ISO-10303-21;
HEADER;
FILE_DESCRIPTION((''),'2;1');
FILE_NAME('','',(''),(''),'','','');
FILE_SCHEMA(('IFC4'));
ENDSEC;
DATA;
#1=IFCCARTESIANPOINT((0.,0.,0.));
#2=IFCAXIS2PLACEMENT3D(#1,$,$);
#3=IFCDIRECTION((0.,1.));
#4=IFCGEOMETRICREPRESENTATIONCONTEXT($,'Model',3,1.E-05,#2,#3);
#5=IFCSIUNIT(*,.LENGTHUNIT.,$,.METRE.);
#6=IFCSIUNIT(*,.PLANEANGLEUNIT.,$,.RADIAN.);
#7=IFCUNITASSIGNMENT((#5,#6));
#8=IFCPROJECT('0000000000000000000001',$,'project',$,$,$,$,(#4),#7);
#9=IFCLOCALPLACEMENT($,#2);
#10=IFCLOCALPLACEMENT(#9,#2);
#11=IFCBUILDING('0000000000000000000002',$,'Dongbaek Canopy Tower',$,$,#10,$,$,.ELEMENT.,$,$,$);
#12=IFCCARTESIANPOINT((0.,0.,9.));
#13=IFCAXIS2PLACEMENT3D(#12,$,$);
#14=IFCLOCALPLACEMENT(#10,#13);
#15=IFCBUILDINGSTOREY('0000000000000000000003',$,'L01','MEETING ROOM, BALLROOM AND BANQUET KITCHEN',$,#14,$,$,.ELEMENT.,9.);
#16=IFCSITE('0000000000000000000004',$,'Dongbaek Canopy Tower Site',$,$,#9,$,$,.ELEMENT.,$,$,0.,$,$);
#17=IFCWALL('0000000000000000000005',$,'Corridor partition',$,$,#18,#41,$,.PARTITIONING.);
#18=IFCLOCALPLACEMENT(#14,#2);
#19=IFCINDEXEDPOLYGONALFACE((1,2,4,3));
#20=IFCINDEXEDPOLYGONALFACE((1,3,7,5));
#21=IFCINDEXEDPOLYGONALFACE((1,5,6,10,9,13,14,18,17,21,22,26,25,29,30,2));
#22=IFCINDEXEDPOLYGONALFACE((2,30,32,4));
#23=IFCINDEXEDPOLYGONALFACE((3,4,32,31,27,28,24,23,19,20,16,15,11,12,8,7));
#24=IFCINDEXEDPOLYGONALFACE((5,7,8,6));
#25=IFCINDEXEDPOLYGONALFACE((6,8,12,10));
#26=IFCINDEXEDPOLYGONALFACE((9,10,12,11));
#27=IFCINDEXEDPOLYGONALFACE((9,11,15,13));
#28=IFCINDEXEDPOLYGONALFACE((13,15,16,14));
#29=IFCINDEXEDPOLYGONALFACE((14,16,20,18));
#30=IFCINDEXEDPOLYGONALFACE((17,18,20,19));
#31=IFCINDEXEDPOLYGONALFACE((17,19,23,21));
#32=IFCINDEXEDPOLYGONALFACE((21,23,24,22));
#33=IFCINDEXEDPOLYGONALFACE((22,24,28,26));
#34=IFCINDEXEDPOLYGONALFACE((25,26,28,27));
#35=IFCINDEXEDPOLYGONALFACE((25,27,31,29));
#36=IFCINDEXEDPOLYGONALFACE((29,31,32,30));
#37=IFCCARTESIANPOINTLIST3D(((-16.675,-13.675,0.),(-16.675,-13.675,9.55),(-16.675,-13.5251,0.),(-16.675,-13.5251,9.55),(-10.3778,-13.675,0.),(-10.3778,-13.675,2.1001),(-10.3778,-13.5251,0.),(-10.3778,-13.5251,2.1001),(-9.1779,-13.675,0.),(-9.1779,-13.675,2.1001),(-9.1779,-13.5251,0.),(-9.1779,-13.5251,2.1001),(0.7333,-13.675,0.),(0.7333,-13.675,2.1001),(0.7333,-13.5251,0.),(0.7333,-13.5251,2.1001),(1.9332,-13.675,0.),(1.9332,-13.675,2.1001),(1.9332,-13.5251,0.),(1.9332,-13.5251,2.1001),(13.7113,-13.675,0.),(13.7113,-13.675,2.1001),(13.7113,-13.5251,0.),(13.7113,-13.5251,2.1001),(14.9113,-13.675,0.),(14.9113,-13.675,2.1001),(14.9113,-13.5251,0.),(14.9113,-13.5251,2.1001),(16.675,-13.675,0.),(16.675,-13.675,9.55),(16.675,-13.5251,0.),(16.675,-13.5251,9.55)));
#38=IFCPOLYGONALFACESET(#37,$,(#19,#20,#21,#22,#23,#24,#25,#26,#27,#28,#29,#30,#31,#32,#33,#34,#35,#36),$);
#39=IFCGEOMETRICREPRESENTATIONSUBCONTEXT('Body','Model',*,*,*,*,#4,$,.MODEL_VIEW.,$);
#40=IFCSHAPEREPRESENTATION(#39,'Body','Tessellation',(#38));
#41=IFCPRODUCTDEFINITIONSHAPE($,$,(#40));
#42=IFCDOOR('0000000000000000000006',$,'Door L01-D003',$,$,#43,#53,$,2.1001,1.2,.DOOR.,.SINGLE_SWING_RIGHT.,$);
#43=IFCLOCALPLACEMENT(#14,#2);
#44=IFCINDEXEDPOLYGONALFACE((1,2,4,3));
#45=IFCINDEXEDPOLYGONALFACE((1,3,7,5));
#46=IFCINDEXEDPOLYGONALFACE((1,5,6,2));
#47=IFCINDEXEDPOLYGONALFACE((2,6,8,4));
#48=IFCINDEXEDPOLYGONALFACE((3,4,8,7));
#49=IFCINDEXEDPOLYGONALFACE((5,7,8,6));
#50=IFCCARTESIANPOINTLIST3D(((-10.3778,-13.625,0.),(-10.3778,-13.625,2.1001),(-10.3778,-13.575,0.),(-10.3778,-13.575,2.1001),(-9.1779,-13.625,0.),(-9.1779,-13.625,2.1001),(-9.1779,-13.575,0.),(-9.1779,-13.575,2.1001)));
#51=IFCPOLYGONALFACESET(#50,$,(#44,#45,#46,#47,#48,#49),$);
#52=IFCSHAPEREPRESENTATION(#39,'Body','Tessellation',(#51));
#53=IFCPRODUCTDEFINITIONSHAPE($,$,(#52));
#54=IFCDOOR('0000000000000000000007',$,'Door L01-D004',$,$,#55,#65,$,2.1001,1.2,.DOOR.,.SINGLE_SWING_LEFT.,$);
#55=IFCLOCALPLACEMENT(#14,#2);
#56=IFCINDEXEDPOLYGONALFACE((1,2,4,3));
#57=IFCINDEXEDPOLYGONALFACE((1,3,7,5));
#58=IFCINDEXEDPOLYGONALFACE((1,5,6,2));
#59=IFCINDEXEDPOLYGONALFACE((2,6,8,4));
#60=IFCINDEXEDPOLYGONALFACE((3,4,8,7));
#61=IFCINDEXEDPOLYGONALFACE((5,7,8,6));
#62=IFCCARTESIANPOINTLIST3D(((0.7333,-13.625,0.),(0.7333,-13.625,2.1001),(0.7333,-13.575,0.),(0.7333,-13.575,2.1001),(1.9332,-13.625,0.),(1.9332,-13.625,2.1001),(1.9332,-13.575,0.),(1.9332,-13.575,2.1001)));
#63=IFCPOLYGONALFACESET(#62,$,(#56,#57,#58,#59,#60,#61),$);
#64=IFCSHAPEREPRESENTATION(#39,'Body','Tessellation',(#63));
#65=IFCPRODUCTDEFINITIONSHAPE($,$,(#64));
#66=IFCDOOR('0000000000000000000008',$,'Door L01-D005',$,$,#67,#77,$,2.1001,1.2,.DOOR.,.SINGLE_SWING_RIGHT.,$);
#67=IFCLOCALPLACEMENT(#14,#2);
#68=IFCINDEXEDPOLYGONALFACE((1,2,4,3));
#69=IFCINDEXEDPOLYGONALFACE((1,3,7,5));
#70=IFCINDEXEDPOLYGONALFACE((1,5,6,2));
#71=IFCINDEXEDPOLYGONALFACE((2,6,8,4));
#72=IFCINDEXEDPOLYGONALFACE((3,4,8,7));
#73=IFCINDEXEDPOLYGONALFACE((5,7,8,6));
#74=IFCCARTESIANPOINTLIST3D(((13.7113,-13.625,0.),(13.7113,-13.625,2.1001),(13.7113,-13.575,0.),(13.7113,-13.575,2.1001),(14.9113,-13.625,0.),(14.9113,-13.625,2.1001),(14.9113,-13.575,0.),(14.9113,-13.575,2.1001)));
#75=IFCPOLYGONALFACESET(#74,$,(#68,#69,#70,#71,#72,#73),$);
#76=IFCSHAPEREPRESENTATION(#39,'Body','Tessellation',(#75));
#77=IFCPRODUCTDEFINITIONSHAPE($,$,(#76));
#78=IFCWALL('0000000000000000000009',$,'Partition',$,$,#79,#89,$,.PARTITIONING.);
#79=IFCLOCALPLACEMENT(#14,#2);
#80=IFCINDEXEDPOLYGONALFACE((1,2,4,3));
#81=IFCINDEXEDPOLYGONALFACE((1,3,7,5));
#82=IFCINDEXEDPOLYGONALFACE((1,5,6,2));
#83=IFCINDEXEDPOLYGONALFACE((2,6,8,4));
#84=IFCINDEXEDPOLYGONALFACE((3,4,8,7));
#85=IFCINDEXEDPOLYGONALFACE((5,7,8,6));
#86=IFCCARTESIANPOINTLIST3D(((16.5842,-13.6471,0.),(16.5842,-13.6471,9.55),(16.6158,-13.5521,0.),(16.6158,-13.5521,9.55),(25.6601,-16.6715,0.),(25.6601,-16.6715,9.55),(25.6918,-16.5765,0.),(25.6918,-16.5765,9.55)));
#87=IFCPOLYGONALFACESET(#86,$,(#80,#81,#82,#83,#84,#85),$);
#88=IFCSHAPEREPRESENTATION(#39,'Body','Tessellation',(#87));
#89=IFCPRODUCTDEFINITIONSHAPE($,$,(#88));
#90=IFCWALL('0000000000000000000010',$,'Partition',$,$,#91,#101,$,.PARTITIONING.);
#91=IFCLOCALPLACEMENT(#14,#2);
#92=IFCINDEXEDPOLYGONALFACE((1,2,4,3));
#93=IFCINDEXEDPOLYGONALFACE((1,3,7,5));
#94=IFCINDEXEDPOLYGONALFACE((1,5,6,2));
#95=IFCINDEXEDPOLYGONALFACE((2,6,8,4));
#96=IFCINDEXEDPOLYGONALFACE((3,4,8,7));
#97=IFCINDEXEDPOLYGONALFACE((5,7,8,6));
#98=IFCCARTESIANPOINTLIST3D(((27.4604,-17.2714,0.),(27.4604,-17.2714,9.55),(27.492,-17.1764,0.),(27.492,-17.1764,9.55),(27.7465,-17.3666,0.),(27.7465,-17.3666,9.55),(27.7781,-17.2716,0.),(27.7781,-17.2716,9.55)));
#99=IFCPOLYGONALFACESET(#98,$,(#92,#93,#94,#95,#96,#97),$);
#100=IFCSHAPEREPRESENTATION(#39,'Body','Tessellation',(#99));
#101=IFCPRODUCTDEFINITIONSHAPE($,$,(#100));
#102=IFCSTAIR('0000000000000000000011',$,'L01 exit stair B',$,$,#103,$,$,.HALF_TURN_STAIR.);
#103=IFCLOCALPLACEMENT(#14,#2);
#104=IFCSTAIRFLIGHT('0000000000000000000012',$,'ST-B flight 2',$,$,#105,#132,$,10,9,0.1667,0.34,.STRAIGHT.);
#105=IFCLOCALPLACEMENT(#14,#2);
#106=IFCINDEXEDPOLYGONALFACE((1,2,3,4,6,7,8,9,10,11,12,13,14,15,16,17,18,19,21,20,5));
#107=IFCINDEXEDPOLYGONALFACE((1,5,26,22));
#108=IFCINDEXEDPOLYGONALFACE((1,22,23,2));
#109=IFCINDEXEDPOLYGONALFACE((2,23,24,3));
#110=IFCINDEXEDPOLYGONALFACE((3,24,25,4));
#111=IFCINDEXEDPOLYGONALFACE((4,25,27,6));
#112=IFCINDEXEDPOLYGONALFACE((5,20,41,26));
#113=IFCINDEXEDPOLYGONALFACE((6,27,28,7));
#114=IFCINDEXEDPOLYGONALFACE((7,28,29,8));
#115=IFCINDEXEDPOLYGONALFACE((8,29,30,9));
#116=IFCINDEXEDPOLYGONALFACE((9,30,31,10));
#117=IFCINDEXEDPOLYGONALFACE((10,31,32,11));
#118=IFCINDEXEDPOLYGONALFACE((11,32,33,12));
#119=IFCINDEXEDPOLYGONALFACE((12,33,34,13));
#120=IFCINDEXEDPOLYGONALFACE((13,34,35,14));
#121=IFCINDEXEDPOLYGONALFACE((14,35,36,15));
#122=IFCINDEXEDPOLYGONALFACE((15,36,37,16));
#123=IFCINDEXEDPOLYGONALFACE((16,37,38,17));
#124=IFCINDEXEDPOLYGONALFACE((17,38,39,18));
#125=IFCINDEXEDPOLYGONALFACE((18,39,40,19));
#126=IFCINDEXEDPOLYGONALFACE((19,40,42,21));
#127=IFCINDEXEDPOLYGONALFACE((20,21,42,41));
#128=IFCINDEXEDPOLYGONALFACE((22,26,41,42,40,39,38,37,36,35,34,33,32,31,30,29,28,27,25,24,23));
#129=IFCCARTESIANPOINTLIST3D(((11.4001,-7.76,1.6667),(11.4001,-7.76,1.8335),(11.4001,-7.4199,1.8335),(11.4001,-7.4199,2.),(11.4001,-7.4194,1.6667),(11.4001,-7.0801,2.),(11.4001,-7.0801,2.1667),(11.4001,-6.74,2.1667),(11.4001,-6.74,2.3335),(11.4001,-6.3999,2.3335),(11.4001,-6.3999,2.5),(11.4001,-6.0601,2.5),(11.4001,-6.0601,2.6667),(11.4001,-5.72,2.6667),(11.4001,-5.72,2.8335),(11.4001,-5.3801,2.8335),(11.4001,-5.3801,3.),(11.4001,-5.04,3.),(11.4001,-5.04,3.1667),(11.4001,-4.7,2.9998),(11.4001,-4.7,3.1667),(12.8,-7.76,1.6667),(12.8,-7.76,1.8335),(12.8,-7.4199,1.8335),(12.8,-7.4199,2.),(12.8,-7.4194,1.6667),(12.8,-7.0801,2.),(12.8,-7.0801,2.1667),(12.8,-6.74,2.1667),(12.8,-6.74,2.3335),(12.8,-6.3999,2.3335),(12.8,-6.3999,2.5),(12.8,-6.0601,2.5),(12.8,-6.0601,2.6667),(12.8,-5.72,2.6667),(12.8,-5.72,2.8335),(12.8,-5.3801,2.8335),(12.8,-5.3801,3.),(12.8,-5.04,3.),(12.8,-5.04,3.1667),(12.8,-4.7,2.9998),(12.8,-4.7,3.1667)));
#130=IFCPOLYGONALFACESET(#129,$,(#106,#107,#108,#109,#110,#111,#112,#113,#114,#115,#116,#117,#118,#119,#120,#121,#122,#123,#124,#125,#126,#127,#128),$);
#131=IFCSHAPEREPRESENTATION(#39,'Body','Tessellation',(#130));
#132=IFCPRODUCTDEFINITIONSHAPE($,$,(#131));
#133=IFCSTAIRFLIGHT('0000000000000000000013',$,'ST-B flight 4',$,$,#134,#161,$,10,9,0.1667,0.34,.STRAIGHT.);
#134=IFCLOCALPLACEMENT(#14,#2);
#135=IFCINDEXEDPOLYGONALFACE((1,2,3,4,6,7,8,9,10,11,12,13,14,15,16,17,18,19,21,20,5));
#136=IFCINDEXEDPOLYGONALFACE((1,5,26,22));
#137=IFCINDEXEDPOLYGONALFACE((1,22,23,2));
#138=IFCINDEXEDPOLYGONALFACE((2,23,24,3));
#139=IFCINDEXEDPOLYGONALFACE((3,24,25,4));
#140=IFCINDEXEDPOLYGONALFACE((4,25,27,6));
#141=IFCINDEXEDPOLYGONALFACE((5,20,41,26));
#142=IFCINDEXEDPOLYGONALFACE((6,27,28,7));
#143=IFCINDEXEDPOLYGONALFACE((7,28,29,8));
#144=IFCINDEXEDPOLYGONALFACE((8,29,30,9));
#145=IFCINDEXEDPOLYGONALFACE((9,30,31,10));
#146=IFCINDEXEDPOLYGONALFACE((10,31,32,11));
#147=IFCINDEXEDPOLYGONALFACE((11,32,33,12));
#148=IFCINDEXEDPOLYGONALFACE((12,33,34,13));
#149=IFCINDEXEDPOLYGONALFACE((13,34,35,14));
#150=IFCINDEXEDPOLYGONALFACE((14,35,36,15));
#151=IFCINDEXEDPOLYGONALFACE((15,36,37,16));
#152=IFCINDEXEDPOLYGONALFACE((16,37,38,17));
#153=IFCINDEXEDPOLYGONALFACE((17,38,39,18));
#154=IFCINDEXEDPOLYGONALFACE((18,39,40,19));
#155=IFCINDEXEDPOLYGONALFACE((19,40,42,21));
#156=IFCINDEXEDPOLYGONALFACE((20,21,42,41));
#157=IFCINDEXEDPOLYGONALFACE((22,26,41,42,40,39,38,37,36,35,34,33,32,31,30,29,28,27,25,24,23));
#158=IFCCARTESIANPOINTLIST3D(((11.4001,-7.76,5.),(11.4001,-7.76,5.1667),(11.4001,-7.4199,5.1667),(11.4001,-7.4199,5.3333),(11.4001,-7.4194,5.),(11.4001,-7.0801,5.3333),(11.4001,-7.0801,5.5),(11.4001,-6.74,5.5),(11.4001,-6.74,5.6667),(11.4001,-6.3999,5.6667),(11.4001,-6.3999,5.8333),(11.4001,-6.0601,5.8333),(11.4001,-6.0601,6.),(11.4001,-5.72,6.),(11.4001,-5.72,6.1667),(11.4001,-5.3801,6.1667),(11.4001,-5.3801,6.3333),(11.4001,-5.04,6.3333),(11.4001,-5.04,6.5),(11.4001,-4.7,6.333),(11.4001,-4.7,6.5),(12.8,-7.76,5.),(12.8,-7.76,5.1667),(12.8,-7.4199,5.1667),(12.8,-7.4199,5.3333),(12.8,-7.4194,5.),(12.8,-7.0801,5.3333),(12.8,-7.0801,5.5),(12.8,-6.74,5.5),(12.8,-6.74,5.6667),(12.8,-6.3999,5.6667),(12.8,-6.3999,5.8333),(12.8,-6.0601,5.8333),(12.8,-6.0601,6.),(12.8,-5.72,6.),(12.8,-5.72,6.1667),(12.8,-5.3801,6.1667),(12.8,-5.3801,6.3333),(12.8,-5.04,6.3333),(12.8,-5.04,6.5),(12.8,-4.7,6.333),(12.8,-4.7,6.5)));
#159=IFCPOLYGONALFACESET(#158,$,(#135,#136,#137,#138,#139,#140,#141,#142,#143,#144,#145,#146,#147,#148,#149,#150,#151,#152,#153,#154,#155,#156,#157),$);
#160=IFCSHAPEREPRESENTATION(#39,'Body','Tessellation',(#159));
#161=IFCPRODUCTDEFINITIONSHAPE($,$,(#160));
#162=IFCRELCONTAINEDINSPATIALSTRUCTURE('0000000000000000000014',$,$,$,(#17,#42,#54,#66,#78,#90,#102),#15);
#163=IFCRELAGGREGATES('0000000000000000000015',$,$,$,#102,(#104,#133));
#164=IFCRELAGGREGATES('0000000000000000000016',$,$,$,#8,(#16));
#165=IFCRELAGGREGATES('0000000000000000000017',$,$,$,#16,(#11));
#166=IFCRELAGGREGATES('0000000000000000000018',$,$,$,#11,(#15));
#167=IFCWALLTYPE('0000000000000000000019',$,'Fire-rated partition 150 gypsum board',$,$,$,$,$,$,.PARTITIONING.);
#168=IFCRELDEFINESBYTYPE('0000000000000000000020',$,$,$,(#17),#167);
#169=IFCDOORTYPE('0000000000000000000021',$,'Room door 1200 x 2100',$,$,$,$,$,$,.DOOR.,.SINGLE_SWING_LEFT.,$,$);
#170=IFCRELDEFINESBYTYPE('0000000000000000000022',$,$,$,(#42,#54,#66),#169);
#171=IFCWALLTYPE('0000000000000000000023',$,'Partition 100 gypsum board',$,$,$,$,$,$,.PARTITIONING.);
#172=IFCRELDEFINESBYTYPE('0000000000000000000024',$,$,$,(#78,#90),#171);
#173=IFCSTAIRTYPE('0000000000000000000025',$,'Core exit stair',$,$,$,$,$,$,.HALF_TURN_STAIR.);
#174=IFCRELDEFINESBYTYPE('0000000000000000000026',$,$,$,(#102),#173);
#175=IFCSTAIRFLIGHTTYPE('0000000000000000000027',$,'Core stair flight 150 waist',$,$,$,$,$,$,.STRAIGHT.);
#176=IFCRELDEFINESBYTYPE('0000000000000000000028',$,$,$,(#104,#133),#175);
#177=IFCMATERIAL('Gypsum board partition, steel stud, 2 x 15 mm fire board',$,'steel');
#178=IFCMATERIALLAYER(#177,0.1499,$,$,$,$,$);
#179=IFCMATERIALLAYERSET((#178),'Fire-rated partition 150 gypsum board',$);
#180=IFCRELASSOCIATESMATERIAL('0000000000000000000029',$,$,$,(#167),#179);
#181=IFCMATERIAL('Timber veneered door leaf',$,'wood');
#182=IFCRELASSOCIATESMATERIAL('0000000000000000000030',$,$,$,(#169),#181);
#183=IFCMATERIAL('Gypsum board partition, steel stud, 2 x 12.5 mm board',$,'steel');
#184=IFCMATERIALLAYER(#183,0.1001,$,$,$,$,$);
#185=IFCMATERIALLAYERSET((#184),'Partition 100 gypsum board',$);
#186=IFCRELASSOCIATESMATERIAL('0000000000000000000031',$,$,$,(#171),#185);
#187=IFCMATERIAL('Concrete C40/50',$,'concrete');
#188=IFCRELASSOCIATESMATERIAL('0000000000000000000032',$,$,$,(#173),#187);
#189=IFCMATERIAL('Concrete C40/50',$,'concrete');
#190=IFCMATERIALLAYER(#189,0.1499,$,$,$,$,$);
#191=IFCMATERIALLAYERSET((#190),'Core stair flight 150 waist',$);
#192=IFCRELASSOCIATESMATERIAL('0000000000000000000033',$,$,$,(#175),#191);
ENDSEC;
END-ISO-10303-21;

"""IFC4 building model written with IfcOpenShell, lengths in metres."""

from ifc_helpers import new_model, si_unit, direction, frame, frame_2d, origin, place, context, subcontext, project, spatial, polyline, rectangle, outline, extrude, material, layer, layer_set, type_object, element, fill, aggregate, save


model = new_model("IFC4")

# Units and contexts
model_context = context("Model", 3, precision=1e-05, world=origin(), true_north=direction((0.0, 1.0)))
body_context = subcontext(model_context, "Body", "Model", "MODEL_VIEW")
ifc_project = project(units=[si_unit("LENGTHUNIT", "METRE"), si_unit("PLANEANGLEUNIT", "RADIAN")], contexts=[model_context])

# Site, building, storey
site_placement = place(None, origin())
site = spatial("IfcSite", under=ifc_project, at=site_placement, Name="Dongbaek Canopy Tower Site", CompositionType="ELEMENT", RefElevation=0.0)
building_placement = place(site_placement, origin())
building = spatial("IfcBuilding", under=site, at=building_placement, Name="Dongbaek Canopy Tower", CompositionType="ELEMENT")
storey_placement = place(building_placement, frame((0.0, 0.0, 9.0)))
storey = spatial("IfcBuildingStorey", under=building, at=storey_placement, Name="L01", Description="MEETING ROOM, BALLROOM AND BANQUET KITCHEN", CompositionType="ELEMENT", Elevation=9.0)

# Wall, openings, doors
ifc_material_1 = material(Name="Gypsum board partition, steel stud, 2 x 15 mm fire board", Category="steel")
ifc_layer_1 = layer(ifc_material_1, 0.1499)
ifc_layer_set_1 = layer_set([ifc_layer_1], Name="Fire-rated partition 150 gypsum board")
wall_type_1 = type_object("IfcWallType", Name="Fire-rated partition 150 gypsum board", PredefinedType="PARTITIONING", material=ifc_layer_set_1)
wall_1_placement = place(storey_placement, frame((16.675, -13.6001, 0.0), z_axis=(0.0, 0.0, 1.0), x_axis=(-1.0, 0.0, 0.0)))
wall_1 = element("IfcWall", 1, at=wall_1_placement, inside=storey, type_object=wall_type_1, Name="Corridor partition", PredefinedType="PARTITIONING", context=body_context, shape_type="SweptSolid", body=[
    extrude(rectangle(XDim=33.3501, YDim=0.1499, at=frame_2d((16.675, 0.0))), origin(), (0.0, 0.0, 1.0), 9.55),
])
opening_1_placement = place(wall_1_placement, frame((25.8528, 0.0, 0.0)))
opening_1 = element("IfcOpeningElement", 2, at=opening_1_placement, cuts=wall_1, PredefinedType="OPENING", context=body_context, shape_type="SweptSolid", body=[
    extrude(rectangle(XDim=1.2, YDim=2.1001, at=frame_2d((0.6001, 1.05))), frame((0.0, 0.085, 0.0), z_axis=(0.0, -1.0, 0.0), x_axis=(1.0, 0.0, 0.0)), (0.0, 0.0, 1.0), 0.1699),
])
opening_2_placement = place(wall_1_placement, frame((14.7417, 0.0, 0.0)))
opening_2 = element("IfcOpeningElement", 3, at=opening_2_placement, cuts=wall_1, PredefinedType="OPENING", context=body_context, shape_type="SweptSolid", body=[
    extrude(rectangle(XDim=1.2, YDim=2.1001, at=frame_2d((0.6001, 1.05))), frame((0.0, 0.085, 0.0), z_axis=(0.0, -1.0, 0.0), x_axis=(1.0, 0.0, 0.0)), (0.0, 0.0, 1.0), 0.1699),
])
opening_3_placement = place(wall_1_placement, frame((1.7637, 0.0, 0.0)))
opening_3 = element("IfcOpeningElement", 4, at=opening_3_placement, cuts=wall_1, PredefinedType="OPENING", context=body_context, shape_type="SweptSolid", body=[
    extrude(rectangle(XDim=1.2, YDim=2.1001, at=frame_2d((0.6001, 1.05))), frame((0.0, 0.085, 0.0), z_axis=(0.0, -1.0, 0.0), x_axis=(1.0, 0.0, 0.0)), (0.0, 0.0, 1.0), 0.1699),
])
ifc_material_2 = material(Name="Timber veneered door leaf", Category="wood")
door_type_1 = type_object("IfcDoorType", Name="Room door 1200 x 2100", OperationType="SINGLE_SWING_LEFT", PredefinedType="DOOR", material=ifc_material_2)
door_1_placement = place(opening_1_placement, origin())
door_1 = element("IfcDoor", 5, at=door_1_placement, inside=storey, type_object=door_type_1, Name="Door L01-D003", OperationType="SINGLE_SWING_RIGHT", OverallHeight=2.1001, OverallWidth=1.2, PredefinedType="DOOR", context=body_context, shape_type="SweptSolid", body=[
    extrude(rectangle(XDim=1.2, YDim=2.1001, at=frame_2d((0.6001, 1.05))), frame((0.0, 0.0249, 0.0), z_axis=(0.0, -1.0, 0.0), x_axis=(1.0, 0.0, 0.0)), (0.0, 0.0, 1.0), 0.05),
])
fill(opening_1, door_1)
door_2_placement = place(opening_2_placement, origin())
door_2 = element("IfcDoor", 6, at=door_2_placement, inside=storey, type_object=door_type_1, Name="Door L01-D004", OperationType="SINGLE_SWING_LEFT", OverallHeight=2.1001, OverallWidth=1.2, PredefinedType="DOOR", context=body_context, shape_type="SweptSolid", body=[
    extrude(rectangle(XDim=1.2, YDim=2.1001, at=frame_2d((0.6001, 1.05))), frame((0.0, 0.0249, 0.0), z_axis=(0.0, -1.0, 0.0), x_axis=(1.0, 0.0, 0.0)), (0.0, 0.0, 1.0), 0.05),
])
fill(opening_2, door_2)
door_3_placement = place(opening_3_placement, origin())
door_3 = element("IfcDoor", 7, at=door_3_placement, inside=storey, type_object=door_type_1, Name="Door L01-D005", OperationType="SINGLE_SWING_RIGHT", OverallHeight=2.1001, OverallWidth=1.2, PredefinedType="DOOR", context=body_context, shape_type="SweptSolid", body=[
    extrude(rectangle(XDim=1.2, YDim=2.1001, at=frame_2d((0.6001, 1.05))), frame((0.0, 0.0249, 0.0), z_axis=(0.0, -1.0, 0.0), x_axis=(1.0, 0.0, 0.0)), (0.0, 0.0, 1.0), 0.05),
])
fill(opening_3, door_3)

# Walls
ifc_material_3 = material(Name="Gypsum board partition, steel stud, 2 x 12.5 mm board", Category="steel")
ifc_layer_2 = layer(ifc_material_3, 0.1001)
ifc_layer_set_2 = layer_set([ifc_layer_2], Name="Partition 100 gypsum board")
wall_type_2 = type_object("IfcWallType", Name="Partition 100 gypsum board", PredefinedType="PARTITIONING", material=ifc_layer_set_2)
wall_2_placement = place(storey_placement, frame((16.6001, -13.5996, 0.0), z_axis=(0.0, 0.0, 1.0), x_axis=(0.948711, -0.316144, 0.0)))
element("IfcWall", 8, at=wall_2_placement, inside=storey, type_object=wall_type_2, Name="Partition", PredefinedType="PARTITIONING", context=body_context, shape_type="SweptSolid", body=[
    extrude(rectangle(XDim=9.5667, YDim=0.1001, at=frame_2d((4.7832, 0.0))), origin(), (0.0, 0.0, 1.0), 9.55),
])
wall_3_placement = place(storey_placement, frame((27.4761, -17.2239, 0.0), z_axis=(0.0, 0.0, 1.0), x_axis=(0.948845, -0.315742, 0.0)))
element("IfcWall", 9, at=wall_3_placement, inside=storey, type_object=wall_type_2, Name="Partition", PredefinedType="PARTITIONING", context=body_context, shape_type="SweptSolid", body=[
    extrude(rectangle(XDim=0.3015, YDim=0.1001, at=frame_2d((0.1509, 0.0))), origin(), (0.0, 0.0, 1.0), 9.55),
])

# Stair, stair flights
ifc_material_4 = material(Name="Concrete C40/50", Category="concrete")
stair_type = type_object("IfcStairType", Name="Core exit stair", PredefinedType="HALF_TURN_STAIR", material=ifc_material_4)
stair_placement = place(storey_placement, origin())
stair = element("IfcStair", 10, at=stair_placement, inside=storey, type_object=stair_type, Name="L01 exit stair B", PredefinedType="HALF_TURN_STAIR")
ifc_material_5 = material(Name="Concrete C40/50", Category="concrete")
ifc_layer_3 = layer(ifc_material_5, 0.1499)
ifc_layer_set_3 = layer_set([ifc_layer_3], Name="Core stair flight 150 waist")
stair_flight_type = type_object("IfcStairFlightType", Name="Core stair flight 150 waist", PredefinedType="STRAIGHT", material=ifc_layer_set_3)
stair_flight_1_placement = place(storey_placement, frame((12.1001, -7.76, 1.6667), z_axis=(0.0, 0.0, 1.0), x_axis=(0.0, 1.0, 0.0)))
stair_flight_1 = element("IfcStairFlight", 11, at=stair_flight_1_placement, type_object=stair_flight_type, Name="ST-B flight 2", NumberOfRisers=10, NumberOfTreads=9, PredefinedType="STRAIGHT", RiserHeight=0.1667, TreadLength=0.34, context=body_context, shape_type="SweptSolid", body=[
    extrude(outline(polyline([(0.0, 0.0), (0.0, 0.1667), (0.3401, 0.1667), (0.3401, 0.3333), (0.6799, 0.3333), (0.6799, 0.5), (1.02, 0.5), (1.02, 0.6667), (1.3601, 0.6667), (1.3601, 0.8333), (1.7, 0.8333), (1.7, 1.0), (2.04, 1.0), (2.04, 1.1667), (2.3799, 1.1667), (2.3799, 1.3333), (2.72, 1.3333), (2.72, 1.5), (3.0601, 1.5), (3.0601, 1.6667), (3.0601, 1.333), (0.3406, 0.0), (0.0, 0.0)])), frame((0.0, 0.7, 0.0), z_axis=(0.0, -1.0, 0.0), x_axis=(1.0, 0.0, 0.0)), (0.0, 0.0, 1.0), 1.3999),
])
stair_flight_2_placement = place(storey_placement, frame((12.1001, -7.76, 5.0), z_axis=(0.0, 0.0, 1.0), x_axis=(0.0, 1.0, 0.0)))
stair_flight_2 = element("IfcStairFlight", 12, at=stair_flight_2_placement, type_object=stair_flight_type, Name="ST-B flight 4", NumberOfRisers=10, NumberOfTreads=9, PredefinedType="STRAIGHT", RiserHeight=0.1667, TreadLength=0.34, context=body_context, shape_type="SweptSolid", body=[
    extrude(outline(polyline([(0.0, 0.0), (0.0, 0.1667), (0.3401, 0.1667), (0.3401, 0.3333), (0.6799, 0.3333), (0.6799, 0.5), (1.02, 0.5), (1.02, 0.6667), (1.3601, 0.6667), (1.3601, 0.8333), (1.7, 0.8333), (1.7, 1.0), (2.04, 1.0), (2.04, 1.1667), (2.3799, 1.1667), (2.3799, 1.3333), (2.72, 1.3333), (2.72, 1.5), (3.0601, 1.5), (3.0601, 1.6667), (3.0601, 1.333), (0.3406, 0.0), (0.0, 0.0)])), frame((0.0, 0.7, 0.0), z_axis=(0.0, -1.0, 0.0), x_axis=(1.0, 0.0, 0.0)), (0.0, 0.0, 1.0), 1.3999),
])
aggregate(stair, [stair_flight_1, stair_flight_2])

save(model, "model.ifc")
